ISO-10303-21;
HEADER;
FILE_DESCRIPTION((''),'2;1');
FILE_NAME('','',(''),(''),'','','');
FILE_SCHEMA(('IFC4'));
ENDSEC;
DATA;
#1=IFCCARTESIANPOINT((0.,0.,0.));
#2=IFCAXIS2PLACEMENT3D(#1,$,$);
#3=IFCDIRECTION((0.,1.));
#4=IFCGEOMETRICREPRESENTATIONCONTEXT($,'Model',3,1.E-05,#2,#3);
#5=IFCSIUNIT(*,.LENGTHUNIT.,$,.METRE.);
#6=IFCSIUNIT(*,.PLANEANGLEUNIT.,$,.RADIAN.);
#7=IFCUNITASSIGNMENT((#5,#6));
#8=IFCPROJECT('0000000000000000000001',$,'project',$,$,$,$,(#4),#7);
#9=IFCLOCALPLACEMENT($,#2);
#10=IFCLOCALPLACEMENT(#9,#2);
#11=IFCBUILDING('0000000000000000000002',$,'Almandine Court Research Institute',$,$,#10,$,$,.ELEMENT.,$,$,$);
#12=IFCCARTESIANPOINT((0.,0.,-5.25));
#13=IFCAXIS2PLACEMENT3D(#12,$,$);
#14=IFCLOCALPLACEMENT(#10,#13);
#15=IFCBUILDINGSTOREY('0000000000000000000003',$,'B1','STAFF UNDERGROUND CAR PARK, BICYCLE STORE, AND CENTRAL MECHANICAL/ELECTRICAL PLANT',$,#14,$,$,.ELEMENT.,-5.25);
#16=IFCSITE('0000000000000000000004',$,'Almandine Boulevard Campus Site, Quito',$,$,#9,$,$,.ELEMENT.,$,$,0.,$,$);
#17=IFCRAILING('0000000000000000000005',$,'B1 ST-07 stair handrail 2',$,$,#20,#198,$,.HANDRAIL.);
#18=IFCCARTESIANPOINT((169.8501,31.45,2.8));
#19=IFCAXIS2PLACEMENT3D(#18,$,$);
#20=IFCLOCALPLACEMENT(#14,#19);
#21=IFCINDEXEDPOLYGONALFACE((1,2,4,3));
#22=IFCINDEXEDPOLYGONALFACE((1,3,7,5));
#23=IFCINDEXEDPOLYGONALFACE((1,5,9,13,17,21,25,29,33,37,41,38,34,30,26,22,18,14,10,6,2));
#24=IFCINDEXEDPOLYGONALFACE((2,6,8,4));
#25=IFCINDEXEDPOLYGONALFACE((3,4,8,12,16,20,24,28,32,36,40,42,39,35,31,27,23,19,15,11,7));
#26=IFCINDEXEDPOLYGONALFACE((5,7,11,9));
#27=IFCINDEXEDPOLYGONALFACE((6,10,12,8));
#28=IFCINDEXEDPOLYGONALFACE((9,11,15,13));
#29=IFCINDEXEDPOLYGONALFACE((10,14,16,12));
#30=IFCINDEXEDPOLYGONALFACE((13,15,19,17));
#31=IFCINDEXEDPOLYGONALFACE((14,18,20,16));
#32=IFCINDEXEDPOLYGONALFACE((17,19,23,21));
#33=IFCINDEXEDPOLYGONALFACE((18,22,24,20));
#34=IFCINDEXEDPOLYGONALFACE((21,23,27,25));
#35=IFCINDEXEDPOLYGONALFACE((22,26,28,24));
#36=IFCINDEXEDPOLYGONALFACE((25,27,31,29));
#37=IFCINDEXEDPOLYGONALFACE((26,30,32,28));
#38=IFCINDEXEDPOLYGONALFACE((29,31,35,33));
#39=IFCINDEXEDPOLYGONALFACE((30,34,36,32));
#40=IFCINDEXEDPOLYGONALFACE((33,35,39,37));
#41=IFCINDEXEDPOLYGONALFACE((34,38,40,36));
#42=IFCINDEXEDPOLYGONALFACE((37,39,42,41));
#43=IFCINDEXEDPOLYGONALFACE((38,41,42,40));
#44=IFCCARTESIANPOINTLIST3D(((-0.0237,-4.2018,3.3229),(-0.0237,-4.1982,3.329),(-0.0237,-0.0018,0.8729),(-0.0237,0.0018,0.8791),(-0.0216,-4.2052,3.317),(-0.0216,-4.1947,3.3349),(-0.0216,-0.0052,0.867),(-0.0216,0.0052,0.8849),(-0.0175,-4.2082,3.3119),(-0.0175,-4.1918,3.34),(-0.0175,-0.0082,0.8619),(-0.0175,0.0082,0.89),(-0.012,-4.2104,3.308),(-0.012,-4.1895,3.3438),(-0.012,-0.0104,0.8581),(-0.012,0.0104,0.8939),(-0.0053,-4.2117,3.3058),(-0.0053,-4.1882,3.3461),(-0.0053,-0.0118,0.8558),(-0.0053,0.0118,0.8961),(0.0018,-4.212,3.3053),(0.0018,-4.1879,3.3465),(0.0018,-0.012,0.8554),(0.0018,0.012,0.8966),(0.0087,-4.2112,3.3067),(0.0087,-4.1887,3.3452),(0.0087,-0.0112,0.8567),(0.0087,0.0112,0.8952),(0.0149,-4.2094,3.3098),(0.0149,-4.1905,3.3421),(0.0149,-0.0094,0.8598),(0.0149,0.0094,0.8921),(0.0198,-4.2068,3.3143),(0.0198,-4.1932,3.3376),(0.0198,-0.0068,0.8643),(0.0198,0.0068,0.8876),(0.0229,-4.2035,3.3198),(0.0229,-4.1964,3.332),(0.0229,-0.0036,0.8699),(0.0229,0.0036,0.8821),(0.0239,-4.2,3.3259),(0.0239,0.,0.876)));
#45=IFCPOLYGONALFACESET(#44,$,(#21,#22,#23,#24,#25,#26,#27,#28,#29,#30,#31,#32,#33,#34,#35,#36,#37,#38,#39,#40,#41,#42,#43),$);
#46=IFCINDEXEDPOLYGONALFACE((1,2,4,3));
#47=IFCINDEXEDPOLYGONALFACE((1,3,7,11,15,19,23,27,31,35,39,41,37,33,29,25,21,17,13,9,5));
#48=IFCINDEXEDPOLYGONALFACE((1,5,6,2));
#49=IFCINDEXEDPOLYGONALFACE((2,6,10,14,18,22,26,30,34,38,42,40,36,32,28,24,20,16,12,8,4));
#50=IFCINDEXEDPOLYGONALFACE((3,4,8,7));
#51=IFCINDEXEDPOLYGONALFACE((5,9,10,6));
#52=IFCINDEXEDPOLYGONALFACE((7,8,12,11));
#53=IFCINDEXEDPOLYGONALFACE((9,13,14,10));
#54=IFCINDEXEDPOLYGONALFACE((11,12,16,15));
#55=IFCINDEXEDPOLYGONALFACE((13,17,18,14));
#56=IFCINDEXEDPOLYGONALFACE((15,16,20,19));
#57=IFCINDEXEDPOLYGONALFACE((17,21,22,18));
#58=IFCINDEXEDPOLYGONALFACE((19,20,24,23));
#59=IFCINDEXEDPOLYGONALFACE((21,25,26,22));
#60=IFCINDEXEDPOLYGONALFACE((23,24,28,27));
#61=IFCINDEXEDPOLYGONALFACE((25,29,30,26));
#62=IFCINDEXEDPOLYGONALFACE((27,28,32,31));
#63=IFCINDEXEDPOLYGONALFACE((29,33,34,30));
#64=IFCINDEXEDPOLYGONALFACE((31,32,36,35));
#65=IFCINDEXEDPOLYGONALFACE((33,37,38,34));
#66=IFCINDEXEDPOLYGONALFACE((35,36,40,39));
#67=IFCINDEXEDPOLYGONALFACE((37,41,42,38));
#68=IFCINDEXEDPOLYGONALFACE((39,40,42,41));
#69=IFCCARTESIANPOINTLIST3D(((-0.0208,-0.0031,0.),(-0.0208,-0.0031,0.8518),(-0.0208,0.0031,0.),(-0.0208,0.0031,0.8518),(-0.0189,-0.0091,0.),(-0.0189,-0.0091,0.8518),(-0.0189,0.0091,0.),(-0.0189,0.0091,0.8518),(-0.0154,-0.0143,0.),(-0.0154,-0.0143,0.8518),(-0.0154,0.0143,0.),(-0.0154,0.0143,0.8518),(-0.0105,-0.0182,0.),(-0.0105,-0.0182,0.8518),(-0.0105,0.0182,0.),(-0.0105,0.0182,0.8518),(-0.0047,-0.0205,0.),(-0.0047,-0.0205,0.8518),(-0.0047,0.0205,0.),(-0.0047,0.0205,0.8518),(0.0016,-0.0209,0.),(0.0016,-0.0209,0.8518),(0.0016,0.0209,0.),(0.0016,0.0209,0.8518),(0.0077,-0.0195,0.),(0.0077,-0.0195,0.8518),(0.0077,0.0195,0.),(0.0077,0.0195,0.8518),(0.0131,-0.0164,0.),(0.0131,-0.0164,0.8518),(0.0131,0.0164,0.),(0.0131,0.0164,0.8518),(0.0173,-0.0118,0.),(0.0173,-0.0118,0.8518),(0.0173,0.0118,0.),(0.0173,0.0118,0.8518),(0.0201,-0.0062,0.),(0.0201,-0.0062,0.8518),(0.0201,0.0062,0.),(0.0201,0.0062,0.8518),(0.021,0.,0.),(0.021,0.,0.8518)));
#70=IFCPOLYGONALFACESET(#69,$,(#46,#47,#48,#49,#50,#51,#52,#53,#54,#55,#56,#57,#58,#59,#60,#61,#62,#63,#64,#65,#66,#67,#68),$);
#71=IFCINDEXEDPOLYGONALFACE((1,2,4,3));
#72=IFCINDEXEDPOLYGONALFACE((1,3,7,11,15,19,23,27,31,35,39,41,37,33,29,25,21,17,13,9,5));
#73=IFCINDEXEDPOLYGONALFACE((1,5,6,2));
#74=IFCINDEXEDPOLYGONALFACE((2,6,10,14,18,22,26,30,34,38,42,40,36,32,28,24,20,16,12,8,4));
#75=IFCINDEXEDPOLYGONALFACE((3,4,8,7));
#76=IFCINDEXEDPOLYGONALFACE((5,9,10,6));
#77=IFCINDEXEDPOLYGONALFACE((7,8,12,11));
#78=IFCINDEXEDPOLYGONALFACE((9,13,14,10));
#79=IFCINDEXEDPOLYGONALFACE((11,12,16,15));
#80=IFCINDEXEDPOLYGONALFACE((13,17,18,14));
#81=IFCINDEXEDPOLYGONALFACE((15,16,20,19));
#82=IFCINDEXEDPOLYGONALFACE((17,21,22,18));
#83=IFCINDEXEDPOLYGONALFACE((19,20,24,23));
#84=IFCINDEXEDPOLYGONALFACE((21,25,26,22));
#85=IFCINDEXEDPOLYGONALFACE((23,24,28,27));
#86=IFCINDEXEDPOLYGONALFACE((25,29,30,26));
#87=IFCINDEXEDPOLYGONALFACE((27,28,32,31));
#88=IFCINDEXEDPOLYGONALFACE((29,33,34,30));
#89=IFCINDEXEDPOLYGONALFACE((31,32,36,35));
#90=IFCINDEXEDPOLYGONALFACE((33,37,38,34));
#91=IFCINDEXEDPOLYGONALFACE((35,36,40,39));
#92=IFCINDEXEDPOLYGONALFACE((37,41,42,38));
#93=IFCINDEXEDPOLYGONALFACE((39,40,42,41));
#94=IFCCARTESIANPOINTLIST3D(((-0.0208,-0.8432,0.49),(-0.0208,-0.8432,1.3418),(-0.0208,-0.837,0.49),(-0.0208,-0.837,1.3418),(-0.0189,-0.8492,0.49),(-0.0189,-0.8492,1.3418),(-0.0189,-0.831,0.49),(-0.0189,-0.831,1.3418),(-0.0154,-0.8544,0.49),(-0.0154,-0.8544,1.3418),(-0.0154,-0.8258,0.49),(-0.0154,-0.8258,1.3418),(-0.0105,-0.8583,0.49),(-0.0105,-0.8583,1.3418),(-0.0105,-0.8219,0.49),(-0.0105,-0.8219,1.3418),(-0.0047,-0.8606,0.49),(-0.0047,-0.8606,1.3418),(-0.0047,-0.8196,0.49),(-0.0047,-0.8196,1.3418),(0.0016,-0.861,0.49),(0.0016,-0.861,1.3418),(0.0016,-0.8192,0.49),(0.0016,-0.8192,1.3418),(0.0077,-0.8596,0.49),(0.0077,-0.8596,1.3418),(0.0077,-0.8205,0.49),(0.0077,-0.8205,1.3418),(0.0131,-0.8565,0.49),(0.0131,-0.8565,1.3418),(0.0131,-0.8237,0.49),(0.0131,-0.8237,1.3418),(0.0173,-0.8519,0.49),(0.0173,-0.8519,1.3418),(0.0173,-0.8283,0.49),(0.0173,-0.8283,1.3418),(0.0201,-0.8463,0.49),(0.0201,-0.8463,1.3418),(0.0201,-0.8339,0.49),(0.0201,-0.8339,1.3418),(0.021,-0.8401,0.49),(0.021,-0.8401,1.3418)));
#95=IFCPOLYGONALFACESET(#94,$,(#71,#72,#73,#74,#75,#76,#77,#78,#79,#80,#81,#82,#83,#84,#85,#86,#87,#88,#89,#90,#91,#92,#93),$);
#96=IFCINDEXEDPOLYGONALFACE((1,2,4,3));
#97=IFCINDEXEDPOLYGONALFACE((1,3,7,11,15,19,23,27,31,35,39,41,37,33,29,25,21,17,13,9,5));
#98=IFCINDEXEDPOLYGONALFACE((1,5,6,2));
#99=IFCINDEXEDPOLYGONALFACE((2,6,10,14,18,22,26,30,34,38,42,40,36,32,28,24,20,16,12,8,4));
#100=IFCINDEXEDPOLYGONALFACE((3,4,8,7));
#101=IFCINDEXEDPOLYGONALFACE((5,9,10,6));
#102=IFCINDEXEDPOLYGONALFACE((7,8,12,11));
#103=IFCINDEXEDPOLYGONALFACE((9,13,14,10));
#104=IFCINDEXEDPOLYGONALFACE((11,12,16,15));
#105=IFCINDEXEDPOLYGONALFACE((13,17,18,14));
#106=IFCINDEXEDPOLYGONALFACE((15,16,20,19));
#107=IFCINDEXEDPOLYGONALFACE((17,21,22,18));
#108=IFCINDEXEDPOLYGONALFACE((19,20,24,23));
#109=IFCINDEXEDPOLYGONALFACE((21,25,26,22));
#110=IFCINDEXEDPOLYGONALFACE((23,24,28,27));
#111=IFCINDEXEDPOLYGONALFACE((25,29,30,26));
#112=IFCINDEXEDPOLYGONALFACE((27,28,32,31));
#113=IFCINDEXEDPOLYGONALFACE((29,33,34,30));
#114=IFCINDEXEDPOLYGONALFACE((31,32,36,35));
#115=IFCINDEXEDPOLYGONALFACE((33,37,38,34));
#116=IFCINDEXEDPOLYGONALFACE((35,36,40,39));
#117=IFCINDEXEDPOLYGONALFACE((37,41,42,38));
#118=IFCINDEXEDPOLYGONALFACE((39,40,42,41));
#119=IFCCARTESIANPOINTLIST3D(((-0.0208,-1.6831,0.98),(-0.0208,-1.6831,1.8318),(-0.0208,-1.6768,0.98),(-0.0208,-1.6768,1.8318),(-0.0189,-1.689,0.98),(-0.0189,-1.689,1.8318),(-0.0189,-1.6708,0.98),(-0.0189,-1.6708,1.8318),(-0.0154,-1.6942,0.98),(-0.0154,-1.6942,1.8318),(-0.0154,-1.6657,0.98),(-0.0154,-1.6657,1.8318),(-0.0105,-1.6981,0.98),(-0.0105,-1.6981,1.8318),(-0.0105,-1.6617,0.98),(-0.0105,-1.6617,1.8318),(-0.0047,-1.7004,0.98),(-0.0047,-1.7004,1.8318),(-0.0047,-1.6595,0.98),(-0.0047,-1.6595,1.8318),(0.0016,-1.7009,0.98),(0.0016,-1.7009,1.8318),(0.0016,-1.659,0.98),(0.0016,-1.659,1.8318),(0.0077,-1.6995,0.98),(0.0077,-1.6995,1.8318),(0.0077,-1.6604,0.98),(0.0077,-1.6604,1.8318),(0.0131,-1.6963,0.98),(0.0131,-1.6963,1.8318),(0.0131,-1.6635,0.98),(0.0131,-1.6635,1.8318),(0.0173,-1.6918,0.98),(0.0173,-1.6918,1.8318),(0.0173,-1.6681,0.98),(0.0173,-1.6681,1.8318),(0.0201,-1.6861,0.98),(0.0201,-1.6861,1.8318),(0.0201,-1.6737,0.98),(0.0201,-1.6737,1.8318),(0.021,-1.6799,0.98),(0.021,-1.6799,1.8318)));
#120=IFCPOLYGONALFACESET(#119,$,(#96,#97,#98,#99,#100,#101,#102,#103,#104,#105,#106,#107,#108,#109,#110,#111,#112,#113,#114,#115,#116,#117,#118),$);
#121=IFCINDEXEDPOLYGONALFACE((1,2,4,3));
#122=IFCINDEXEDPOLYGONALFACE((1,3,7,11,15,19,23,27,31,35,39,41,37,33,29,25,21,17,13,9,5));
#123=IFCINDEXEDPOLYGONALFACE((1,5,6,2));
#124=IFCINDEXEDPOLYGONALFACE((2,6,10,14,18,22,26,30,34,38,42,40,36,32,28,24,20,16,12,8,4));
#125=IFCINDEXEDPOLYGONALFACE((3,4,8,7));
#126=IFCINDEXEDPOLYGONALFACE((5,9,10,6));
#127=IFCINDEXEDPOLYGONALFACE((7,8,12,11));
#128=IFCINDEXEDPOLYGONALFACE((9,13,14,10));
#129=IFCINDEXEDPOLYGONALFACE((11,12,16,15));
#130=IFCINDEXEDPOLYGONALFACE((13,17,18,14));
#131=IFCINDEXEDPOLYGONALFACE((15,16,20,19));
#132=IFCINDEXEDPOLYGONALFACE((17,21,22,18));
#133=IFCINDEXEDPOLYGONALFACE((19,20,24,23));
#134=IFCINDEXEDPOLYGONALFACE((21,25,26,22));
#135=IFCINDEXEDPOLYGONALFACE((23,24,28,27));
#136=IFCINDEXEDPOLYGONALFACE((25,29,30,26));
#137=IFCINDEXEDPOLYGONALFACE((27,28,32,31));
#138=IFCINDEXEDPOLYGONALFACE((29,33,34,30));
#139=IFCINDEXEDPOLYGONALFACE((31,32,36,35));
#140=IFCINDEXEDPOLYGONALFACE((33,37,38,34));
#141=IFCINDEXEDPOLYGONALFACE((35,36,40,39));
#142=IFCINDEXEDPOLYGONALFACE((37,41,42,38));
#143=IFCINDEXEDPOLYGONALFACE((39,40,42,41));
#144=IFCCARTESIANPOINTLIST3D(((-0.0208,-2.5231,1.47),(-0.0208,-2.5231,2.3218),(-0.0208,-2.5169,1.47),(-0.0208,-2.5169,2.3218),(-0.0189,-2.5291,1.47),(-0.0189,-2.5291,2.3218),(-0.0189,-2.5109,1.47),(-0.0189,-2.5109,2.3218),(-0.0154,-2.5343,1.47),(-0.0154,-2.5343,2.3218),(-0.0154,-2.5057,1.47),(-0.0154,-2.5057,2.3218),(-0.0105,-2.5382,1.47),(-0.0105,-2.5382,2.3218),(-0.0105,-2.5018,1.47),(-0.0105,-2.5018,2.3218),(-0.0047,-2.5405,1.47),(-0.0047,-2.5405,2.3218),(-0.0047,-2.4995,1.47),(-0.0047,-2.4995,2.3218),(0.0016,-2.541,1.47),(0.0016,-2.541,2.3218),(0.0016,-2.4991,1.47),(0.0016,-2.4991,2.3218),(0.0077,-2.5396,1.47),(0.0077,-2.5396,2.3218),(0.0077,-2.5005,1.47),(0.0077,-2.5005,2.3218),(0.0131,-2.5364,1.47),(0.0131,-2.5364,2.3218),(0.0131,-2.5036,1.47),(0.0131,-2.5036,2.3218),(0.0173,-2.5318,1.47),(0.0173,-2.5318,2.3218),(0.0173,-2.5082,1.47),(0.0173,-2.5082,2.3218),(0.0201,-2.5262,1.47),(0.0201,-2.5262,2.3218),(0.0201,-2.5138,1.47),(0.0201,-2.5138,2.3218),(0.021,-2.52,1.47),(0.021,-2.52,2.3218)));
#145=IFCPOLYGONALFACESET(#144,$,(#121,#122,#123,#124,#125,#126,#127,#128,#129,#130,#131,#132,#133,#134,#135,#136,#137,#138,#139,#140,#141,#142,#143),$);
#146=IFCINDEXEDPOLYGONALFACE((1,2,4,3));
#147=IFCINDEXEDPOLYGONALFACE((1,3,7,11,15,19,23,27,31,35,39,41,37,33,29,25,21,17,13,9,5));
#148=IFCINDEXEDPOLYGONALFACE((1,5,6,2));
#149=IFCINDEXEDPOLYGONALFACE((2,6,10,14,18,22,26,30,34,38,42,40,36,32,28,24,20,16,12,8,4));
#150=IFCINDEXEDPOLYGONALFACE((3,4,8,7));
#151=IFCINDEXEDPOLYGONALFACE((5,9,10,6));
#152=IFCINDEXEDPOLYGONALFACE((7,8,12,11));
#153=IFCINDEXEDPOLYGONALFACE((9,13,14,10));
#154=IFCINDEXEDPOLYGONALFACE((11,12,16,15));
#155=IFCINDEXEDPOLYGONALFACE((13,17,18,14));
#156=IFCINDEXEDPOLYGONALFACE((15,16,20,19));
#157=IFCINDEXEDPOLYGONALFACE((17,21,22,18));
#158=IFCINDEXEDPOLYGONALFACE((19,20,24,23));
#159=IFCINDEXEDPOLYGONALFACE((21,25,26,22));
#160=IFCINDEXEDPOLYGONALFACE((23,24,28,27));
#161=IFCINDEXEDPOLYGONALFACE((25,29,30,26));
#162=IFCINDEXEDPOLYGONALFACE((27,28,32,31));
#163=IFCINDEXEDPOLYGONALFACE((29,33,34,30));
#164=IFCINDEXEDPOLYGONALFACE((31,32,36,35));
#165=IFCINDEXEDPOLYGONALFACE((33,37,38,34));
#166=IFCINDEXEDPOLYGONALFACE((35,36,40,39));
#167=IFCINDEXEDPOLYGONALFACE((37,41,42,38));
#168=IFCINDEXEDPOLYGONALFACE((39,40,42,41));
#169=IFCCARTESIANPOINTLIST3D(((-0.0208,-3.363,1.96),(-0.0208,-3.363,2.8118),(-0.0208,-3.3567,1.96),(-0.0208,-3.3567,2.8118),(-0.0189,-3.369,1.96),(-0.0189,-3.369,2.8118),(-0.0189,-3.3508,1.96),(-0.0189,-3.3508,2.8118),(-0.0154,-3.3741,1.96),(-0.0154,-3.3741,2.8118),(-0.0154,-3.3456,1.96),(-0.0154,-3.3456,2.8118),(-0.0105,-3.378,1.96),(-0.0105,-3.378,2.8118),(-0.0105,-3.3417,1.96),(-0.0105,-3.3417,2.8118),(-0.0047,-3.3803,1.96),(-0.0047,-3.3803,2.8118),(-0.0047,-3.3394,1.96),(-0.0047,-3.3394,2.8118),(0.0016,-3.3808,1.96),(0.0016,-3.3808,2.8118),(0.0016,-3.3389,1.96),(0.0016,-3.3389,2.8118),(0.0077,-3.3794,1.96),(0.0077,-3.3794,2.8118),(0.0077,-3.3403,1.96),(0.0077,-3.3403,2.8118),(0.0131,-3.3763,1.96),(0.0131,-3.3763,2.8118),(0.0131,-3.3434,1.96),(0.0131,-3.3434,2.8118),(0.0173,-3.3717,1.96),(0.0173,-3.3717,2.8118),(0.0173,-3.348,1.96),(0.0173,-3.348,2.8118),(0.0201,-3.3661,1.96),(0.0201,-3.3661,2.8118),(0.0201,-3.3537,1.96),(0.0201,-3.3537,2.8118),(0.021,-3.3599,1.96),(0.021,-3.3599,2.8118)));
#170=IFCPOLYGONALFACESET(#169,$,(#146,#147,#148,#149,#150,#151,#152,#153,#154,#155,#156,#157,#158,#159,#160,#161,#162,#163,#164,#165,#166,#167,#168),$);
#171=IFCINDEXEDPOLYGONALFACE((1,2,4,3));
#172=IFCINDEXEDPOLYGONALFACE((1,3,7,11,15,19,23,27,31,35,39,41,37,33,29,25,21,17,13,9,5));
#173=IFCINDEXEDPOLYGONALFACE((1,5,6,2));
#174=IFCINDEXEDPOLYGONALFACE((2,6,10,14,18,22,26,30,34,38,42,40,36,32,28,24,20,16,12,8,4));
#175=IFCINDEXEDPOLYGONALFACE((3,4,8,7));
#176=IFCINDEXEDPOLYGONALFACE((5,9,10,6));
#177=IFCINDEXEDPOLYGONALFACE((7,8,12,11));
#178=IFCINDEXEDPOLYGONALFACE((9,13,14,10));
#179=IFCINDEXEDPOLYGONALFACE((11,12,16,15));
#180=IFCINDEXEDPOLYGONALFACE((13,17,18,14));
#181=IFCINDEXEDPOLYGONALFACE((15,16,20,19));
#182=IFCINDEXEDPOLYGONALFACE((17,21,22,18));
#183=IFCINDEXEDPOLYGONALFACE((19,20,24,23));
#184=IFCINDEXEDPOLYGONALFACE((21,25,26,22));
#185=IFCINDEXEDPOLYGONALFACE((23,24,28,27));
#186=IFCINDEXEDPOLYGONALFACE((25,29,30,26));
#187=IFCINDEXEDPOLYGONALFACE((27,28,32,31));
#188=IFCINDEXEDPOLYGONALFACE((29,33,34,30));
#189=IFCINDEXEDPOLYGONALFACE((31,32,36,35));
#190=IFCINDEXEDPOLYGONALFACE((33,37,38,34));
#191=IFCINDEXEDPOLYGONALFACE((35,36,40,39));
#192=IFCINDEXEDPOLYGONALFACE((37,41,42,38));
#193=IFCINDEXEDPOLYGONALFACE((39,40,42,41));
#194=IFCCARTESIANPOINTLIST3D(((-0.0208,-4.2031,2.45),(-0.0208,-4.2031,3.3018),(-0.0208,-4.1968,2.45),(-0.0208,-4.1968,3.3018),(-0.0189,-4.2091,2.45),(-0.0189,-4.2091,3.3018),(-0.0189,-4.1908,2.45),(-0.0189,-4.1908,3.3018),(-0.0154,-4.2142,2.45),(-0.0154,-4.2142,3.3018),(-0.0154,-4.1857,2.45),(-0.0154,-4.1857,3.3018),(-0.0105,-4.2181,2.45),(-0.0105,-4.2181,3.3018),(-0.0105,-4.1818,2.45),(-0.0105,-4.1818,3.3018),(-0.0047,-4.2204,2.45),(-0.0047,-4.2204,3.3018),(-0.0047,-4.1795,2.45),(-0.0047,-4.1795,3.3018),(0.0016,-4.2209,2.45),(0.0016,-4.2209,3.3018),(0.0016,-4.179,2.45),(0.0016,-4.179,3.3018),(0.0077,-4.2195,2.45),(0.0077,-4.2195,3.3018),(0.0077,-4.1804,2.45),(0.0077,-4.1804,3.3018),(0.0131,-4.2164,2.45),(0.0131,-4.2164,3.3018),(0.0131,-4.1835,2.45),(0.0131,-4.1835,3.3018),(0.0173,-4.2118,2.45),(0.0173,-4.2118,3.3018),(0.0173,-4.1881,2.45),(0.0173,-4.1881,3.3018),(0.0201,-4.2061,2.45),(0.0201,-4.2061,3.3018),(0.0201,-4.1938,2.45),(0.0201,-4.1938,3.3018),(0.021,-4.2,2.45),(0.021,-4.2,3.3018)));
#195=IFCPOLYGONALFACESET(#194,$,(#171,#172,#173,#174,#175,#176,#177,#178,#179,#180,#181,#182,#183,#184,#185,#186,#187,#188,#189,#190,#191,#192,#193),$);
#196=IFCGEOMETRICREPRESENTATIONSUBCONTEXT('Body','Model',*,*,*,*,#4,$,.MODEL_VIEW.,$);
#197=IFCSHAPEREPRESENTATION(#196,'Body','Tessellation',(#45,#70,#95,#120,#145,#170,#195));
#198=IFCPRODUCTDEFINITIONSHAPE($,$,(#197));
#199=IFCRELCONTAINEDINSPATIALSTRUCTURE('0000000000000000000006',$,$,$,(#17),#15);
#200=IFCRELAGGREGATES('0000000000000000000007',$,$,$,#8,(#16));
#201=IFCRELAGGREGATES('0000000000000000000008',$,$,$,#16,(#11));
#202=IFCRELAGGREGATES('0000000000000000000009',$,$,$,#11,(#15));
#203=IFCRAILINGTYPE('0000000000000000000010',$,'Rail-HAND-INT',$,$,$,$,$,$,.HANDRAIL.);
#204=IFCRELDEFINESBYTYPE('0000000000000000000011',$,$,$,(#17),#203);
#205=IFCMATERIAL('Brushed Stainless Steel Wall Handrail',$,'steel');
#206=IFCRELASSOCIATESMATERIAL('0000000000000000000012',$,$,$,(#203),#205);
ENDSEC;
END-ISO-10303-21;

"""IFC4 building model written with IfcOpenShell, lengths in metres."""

from ifc_helpers import new_model, si_unit, direction, frame, origin, origin_2d, place, context, subcontext, project, spatial, circle, extrude, material, type_object, element, save


model = new_model("IFC4")

# Units and contexts
model_context = context("Model", 3, precision=1e-05, world=origin(), true_north=direction((0.0, 1.0)))
body_context = subcontext(model_context, "Body", "Model", "MODEL_VIEW")
ifc_project = project(units=[si_unit("LENGTHUNIT", "METRE"), si_unit("PLANEANGLEUNIT", "RADIAN")], contexts=[model_context])

# Site, building, storey
site_placement = place(None, origin())
site = spatial("IfcSite", under=ifc_project, at=site_placement, Name="Almandine Boulevard Campus Site, Quito", CompositionType="ELEMENT", RefElevation=0.0)
building_placement = place(site_placement, origin())
building = spatial("IfcBuilding", under=site, at=building_placement, Name="Almandine Court Research Institute", CompositionType="ELEMENT")
storey_placement = place(building_placement, frame((0.0, 0.0, -5.25)))
storey = spatial("IfcBuildingStorey", under=building, at=storey_placement, Name="B1", Description="STAFF UNDERGROUND CAR PARK, BICYCLE STORE, AND CENTRAL MECHANICAL/ELECTRICAL PLANT", CompositionType="ELEMENT", Elevation=-5.25)

# Railing
ifc_material_1 = material(Name="Brushed Stainless Steel Wall Handrail", Category="steel")
railing_type_1 = type_object("IfcRailingType", Name="Rail-HAND-INT", PredefinedType="HANDRAIL", material=ifc_material_1)
railing_1_placement = place(storey_placement, frame((169.8501, 31.45, 2.8)))
element("IfcRailing", 1, at=railing_1_placement, inside=storey, type_object=railing_type_1, Name="B1 ST-07 stair handrail 2", PredefinedType="HANDRAIL", context=body_context, shape_type="SweptSolid", body=[
    extrude(circle(Radius=0.0239, at=origin_2d()), frame((0.0, 0.0, 0.876), z_axis=(0.0, -0.863781, 0.503868), x_axis=(1.0, 0.0, 0.0)), (0.0, 0.0, 1.0), 4.8623),
    extrude(circle(Radius=0.021, at=origin_2d()), origin(), (0.0, 0.0, 1.0), 0.8518),
    extrude(circle(Radius=0.021, at=origin_2d()), frame((0.0, -0.8401, 0.49)), (0.0, 0.0, 1.0), 0.8518),
    extrude(circle(Radius=0.021, at=origin_2d()), frame((0.0, -1.6799, 0.98)), (0.0, 0.0, 1.0), 0.8518),
    extrude(circle(Radius=0.021, at=origin_2d()), frame((0.0, -2.52, 1.47)), (0.0, 0.0, 1.0), 0.8518),
    extrude(circle(Radius=0.021, at=origin_2d()), frame((0.0, -3.3599, 1.96)), (0.0, 0.0, 1.0), 0.8518),
    extrude(circle(Radius=0.021, at=origin_2d()), frame((0.0, -4.2, 2.45)), (0.0, 0.0, 1.0), 0.8518),
])

save(model, "model.ifc")
